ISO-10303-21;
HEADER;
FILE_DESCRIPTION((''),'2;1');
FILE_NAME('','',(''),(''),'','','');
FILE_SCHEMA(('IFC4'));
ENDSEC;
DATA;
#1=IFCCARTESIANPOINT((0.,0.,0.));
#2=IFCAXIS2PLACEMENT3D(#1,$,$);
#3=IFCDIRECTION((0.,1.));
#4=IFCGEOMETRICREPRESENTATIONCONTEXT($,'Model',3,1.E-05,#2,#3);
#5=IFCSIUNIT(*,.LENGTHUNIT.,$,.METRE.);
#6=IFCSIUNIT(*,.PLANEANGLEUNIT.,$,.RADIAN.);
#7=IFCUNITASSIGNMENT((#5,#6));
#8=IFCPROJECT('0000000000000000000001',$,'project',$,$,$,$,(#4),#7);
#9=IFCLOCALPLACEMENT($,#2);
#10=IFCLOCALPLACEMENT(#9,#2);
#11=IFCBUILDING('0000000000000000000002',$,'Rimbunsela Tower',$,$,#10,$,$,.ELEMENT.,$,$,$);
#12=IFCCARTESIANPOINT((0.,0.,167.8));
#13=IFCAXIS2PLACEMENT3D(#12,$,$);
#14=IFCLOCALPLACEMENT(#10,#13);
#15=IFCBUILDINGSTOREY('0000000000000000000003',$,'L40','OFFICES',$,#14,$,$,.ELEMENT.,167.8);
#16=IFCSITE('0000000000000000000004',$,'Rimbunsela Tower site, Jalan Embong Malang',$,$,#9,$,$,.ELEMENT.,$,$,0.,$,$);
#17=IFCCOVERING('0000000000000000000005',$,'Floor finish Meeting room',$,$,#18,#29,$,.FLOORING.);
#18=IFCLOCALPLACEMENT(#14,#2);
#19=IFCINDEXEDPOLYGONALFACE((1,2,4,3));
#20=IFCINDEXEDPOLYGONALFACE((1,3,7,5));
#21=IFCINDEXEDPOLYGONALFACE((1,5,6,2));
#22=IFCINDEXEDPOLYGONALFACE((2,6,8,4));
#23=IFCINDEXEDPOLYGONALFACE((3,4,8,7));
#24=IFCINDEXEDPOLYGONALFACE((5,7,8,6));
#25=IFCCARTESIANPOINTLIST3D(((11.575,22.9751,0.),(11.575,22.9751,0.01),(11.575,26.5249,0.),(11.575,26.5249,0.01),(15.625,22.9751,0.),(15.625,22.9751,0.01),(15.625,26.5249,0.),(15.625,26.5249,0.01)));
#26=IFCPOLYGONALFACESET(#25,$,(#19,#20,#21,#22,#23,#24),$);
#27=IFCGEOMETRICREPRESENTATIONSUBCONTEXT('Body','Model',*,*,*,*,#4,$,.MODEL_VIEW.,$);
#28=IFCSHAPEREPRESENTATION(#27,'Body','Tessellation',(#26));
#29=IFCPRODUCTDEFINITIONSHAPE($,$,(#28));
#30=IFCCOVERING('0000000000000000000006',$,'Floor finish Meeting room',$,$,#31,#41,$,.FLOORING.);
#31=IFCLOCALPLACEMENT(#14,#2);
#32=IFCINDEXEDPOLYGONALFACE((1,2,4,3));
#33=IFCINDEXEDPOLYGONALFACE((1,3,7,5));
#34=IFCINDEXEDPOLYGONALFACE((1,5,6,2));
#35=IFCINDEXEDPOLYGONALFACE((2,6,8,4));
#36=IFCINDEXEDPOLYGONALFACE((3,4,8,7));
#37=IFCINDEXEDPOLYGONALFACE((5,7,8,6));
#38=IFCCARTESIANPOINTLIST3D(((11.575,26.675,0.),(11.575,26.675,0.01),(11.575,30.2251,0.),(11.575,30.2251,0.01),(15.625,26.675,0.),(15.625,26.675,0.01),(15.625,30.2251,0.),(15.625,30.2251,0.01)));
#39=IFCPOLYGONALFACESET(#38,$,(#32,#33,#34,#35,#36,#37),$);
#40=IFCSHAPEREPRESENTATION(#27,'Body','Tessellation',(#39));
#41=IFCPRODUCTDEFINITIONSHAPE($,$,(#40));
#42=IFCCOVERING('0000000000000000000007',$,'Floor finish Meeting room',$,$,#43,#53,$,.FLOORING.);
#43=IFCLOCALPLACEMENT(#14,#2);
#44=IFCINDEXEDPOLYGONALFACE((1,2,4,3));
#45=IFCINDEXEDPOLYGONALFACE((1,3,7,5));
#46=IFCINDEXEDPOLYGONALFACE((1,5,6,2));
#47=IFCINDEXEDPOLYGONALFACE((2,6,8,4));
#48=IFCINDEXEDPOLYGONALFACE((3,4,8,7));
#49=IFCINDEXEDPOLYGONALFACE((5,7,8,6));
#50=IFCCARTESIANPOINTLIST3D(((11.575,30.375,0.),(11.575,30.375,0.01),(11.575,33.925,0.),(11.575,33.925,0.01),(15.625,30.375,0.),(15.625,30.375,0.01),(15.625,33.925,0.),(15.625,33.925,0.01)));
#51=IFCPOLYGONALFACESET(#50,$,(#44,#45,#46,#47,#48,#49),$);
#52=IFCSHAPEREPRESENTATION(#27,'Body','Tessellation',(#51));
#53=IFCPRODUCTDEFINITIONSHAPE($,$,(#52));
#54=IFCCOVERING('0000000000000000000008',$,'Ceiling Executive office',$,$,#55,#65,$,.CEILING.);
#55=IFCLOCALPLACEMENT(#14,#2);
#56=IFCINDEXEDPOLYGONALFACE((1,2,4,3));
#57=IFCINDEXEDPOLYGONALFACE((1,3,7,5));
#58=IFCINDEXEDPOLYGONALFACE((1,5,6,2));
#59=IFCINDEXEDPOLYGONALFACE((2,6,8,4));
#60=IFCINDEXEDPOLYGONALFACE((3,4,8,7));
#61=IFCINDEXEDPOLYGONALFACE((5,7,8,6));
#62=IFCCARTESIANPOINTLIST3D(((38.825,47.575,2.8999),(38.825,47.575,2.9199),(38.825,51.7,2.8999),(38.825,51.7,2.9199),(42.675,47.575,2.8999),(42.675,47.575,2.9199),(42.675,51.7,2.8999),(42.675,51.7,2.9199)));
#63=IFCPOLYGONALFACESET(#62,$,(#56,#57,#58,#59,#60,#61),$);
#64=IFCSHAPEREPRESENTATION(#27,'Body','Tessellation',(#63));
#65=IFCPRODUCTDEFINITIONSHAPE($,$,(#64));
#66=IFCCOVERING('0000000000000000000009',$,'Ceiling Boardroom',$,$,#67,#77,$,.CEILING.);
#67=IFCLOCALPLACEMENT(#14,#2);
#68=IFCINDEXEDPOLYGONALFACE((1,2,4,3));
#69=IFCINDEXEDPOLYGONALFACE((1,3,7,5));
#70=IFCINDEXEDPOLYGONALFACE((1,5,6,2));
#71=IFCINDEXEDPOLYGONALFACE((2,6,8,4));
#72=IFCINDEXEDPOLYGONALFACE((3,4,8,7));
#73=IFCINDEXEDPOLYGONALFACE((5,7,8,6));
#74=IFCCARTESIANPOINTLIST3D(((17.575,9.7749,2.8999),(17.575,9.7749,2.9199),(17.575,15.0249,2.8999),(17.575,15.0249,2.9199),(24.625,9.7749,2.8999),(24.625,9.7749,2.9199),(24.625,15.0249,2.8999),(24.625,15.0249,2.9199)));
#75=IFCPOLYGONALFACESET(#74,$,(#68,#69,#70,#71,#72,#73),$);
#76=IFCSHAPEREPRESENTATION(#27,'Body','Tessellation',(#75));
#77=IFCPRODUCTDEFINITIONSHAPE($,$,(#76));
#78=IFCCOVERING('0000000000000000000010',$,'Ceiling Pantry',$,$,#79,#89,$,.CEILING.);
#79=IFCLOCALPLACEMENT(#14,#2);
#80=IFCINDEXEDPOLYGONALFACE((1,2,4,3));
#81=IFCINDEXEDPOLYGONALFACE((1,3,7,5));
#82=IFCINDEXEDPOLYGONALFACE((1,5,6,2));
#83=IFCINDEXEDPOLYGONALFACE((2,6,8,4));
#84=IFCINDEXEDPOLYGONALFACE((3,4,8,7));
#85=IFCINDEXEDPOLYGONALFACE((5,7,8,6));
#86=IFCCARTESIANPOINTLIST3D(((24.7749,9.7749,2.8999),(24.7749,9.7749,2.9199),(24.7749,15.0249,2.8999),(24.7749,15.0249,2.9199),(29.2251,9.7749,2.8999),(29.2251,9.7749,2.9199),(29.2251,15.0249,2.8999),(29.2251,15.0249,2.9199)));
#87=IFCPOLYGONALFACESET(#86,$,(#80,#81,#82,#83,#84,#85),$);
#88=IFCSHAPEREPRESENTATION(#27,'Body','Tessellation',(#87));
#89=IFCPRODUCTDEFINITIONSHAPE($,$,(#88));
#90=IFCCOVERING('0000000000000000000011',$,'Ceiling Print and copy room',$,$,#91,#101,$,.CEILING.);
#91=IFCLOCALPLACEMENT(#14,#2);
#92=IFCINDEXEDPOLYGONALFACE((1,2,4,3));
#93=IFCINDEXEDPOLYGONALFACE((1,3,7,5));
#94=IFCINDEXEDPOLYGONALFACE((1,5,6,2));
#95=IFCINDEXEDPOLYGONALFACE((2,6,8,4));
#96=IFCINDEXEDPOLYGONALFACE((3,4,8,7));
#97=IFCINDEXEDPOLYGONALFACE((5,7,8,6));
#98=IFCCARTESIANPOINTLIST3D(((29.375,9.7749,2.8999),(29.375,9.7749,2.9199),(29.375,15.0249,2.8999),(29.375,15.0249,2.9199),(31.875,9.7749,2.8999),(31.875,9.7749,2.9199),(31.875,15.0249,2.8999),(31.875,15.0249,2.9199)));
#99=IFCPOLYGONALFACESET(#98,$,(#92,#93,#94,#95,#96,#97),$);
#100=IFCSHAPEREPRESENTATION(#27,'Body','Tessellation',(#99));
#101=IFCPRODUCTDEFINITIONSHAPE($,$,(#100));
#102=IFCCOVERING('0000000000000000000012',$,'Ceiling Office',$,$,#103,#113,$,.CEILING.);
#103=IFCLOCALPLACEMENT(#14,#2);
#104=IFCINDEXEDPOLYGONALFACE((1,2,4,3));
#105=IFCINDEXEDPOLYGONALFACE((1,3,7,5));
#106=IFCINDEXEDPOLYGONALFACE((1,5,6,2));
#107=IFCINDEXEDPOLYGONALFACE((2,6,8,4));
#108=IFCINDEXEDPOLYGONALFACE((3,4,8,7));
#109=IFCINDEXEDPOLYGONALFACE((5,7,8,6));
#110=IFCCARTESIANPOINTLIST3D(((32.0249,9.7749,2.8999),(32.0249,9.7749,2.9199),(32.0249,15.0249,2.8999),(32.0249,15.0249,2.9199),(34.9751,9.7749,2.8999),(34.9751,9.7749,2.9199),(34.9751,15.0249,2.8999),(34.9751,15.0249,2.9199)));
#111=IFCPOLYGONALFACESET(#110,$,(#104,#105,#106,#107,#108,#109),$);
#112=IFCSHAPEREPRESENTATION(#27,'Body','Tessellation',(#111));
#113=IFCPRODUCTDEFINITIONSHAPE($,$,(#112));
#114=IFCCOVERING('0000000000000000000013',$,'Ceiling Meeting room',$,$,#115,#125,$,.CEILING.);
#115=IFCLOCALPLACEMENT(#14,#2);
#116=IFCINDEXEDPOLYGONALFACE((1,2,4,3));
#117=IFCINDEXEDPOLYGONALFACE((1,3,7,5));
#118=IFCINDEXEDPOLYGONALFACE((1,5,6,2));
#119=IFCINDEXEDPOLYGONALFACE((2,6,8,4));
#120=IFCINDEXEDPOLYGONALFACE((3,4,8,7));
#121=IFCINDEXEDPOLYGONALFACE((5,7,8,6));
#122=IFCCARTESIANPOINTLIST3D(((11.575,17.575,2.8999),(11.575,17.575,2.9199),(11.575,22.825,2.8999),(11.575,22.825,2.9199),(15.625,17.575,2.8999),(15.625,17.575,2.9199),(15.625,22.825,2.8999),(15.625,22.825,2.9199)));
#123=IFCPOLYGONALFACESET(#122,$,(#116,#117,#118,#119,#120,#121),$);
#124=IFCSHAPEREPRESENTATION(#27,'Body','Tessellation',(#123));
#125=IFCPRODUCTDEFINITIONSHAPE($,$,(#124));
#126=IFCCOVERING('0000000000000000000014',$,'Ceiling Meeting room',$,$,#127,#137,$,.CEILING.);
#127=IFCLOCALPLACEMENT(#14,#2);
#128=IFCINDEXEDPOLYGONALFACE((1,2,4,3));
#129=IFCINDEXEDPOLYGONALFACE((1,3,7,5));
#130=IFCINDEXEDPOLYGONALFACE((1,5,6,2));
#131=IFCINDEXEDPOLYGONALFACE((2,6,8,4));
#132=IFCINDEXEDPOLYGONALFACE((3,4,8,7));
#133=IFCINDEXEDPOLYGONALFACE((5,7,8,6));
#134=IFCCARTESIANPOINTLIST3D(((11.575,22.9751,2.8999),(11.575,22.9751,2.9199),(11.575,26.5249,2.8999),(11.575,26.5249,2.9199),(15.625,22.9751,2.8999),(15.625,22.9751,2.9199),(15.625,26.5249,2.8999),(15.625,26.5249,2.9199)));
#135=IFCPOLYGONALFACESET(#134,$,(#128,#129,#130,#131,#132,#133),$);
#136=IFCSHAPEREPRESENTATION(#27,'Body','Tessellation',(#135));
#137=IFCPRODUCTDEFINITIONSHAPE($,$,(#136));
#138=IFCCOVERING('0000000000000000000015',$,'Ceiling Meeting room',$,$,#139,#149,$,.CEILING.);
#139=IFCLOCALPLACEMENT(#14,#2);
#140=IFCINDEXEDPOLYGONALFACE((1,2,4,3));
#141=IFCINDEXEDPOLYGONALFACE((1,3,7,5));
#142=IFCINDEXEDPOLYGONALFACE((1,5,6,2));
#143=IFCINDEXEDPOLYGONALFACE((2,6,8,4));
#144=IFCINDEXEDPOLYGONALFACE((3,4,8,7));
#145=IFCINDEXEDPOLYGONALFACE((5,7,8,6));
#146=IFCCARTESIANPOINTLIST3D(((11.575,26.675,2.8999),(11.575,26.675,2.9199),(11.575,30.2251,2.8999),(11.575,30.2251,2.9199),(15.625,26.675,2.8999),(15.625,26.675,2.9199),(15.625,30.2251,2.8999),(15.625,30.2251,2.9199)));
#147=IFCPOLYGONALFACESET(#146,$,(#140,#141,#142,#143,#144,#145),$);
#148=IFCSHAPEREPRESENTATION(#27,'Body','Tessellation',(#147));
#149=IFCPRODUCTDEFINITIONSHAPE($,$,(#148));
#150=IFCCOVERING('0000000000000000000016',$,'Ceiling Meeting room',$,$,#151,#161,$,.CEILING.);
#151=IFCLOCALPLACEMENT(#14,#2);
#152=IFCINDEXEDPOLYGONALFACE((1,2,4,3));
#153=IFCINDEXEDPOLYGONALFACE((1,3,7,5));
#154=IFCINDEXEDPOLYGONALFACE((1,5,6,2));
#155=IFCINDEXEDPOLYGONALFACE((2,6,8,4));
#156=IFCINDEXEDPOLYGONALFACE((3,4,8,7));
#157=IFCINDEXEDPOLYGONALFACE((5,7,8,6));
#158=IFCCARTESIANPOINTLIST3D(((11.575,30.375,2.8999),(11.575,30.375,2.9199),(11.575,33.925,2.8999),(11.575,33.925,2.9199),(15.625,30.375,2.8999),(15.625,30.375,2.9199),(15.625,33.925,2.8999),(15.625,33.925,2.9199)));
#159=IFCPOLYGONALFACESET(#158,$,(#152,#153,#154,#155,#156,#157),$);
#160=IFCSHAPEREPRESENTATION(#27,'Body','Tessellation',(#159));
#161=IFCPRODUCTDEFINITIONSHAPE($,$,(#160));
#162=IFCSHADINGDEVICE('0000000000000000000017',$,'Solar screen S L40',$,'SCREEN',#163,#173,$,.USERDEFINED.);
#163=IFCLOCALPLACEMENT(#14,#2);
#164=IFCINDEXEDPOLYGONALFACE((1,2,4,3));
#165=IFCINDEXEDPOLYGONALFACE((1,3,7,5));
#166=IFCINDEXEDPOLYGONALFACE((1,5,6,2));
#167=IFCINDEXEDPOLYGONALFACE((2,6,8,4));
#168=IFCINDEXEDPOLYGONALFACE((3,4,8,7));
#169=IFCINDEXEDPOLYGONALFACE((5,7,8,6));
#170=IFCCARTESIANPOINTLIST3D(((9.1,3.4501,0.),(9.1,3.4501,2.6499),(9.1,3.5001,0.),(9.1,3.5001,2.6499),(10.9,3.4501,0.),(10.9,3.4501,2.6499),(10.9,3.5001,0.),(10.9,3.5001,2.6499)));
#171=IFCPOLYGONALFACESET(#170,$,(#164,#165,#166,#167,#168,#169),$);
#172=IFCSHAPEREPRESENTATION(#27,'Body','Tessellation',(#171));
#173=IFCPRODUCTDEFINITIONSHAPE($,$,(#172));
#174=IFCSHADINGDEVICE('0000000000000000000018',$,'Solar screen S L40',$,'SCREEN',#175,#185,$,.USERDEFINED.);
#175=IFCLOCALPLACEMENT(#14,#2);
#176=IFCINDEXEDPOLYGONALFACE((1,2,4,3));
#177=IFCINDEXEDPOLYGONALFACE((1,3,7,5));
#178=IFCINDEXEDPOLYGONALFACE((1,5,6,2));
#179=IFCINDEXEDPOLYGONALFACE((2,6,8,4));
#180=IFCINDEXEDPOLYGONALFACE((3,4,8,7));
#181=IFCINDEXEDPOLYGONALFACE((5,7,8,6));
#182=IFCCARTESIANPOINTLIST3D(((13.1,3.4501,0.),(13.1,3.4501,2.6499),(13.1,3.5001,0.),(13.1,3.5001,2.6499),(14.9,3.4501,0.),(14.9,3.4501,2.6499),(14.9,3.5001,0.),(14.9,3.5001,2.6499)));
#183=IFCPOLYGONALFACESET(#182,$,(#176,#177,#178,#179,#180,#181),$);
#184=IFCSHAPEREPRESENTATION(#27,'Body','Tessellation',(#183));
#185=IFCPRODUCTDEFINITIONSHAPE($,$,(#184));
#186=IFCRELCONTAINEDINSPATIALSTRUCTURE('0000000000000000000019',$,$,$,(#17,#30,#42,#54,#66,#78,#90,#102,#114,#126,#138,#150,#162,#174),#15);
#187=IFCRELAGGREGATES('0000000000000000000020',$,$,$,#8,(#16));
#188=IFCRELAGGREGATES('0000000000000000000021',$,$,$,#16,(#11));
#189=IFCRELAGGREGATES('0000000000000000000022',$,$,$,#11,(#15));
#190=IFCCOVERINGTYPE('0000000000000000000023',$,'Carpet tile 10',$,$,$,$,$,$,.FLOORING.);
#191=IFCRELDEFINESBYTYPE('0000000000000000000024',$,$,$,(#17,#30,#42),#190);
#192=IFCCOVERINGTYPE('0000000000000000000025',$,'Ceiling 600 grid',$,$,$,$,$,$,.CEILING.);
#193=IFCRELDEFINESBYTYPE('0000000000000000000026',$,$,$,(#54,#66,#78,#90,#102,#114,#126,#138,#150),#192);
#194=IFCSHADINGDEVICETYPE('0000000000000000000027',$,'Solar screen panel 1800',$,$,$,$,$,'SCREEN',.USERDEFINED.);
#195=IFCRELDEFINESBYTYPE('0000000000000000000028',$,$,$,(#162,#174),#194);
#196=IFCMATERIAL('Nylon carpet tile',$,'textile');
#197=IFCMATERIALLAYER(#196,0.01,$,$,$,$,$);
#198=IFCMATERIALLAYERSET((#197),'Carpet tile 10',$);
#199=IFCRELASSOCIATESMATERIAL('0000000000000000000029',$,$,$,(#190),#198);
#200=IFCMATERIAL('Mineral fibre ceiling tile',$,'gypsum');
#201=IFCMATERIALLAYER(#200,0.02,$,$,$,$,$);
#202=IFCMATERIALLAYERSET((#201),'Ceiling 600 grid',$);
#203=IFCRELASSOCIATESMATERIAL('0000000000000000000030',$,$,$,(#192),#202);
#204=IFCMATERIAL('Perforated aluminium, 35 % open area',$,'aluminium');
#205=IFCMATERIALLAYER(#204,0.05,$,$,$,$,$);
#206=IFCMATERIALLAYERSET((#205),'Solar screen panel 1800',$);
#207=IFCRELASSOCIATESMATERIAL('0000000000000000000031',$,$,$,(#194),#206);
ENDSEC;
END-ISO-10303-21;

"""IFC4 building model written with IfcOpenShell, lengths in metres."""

from ifc_helpers import new_model, si_unit, direction, frame, origin, origin_2d, place, context, subcontext, project, spatial, polyline, rectangle, outline, extrude, material, layer, layer_set, type_object, element, save


model = new_model("IFC4")

# Units and contexts
model_context = context("Model", 3, precision=1e-05, world=origin(), true_north=direction((0.0, 1.0)))
body_context = subcontext(model_context, "Body", "Model", "MODEL_VIEW")
ifc_project = project(units=[si_unit("LENGTHUNIT", "METRE"), si_unit("PLANEANGLEUNIT", "RADIAN")], contexts=[model_context])

# Site, building, storey
site_placement = place(None, origin())
site = spatial("IfcSite", under=ifc_project, at=site_placement, Name="Rimbunsela Tower site, Jalan Embong Malang", CompositionType="ELEMENT", RefElevation=0.0)
building_placement = place(site_placement, origin())
building = spatial("IfcBuilding", under=site, at=building_placement, Name="Rimbunsela Tower", CompositionType="ELEMENT")
storey_placement = place(building_placement, frame((0.0, 0.0, 167.8)))
storey = spatial("IfcBuildingStorey", under=building, at=storey_placement, Name="L40", Description="OFFICES", CompositionType="ELEMENT", Elevation=167.8)

# Coverings
ifc_material_1 = material(Name="Nylon carpet tile", Category="textile")
ifc_layer_1 = layer(ifc_material_1, 0.01)
ifc_layer_set_1 = layer_set([ifc_layer_1], Name="Carpet tile 10")
covering_type_1 = type_object("IfcCoveringType", Name="Carpet tile 10", PredefinedType="FLOORING", material=ifc_layer_set_1)
covering_1_placement = place(storey_placement, origin())
element("IfcCovering", 1, at=covering_1_placement, inside=storey, type_object=covering_type_1, Name="Floor finish Meeting room", PredefinedType="FLOORING", context=body_context, shape_type="SweptSolid", body=[
    extrude(outline(polyline([(15.625, 22.9751), (15.625, 26.5249), (11.575, 26.5249), (11.575, 22.9751), (15.625, 22.9751)])), origin(), (0.0, 0.0, 1.0), 0.01),
])
covering_2_placement = place(storey_placement, origin())
element("IfcCovering", 2, at=covering_2_placement, inside=storey, type_object=covering_type_1, Name="Floor finish Meeting room", PredefinedType="FLOORING", context=body_context, shape_type="SweptSolid", body=[
    extrude(outline(polyline([(15.625, 26.675), (15.625, 30.2251), (11.575, 30.2251), (11.575, 26.675), (15.625, 26.675)])), origin(), (0.0, 0.0, 1.0), 0.01),
])
covering_3_placement = place(storey_placement, origin())
element("IfcCovering", 3, at=covering_3_placement, inside=storey, type_object=covering_type_1, Name="Floor finish Meeting room", PredefinedType="FLOORING", context=body_context, shape_type="SweptSolid", body=[
    extrude(outline(polyline([(15.625, 30.375), (15.625, 33.925), (11.575, 33.925), (11.575, 30.375), (15.625, 30.375)])), origin(), (0.0, 0.0, 1.0), 0.01),
])
ifc_material_2 = material(Name="Mineral fibre ceiling tile", Category="gypsum")
ifc_layer_2 = layer(ifc_material_2, 0.02)
ifc_layer_set_2 = layer_set([ifc_layer_2], Name="Ceiling 600 grid")
covering_type_2 = type_object("IfcCoveringType", Name="Ceiling 600 grid", PredefinedType="CEILING", material=ifc_layer_set_2)
covering_4_placement = place(storey_placement, frame((0.0, 0.0, 2.8999)))
element("IfcCovering", 4, at=covering_4_placement, inside=storey, type_object=covering_type_2, Name="Ceiling Executive office", PredefinedType="CEILING", context=body_context, shape_type="SweptSolid", body=[
    extrude(outline(polyline([(42.675, 47.575), (42.675, 51.7), (38.825, 51.7), (38.825, 47.575), (42.675, 47.575)])), origin(), (0.0, 0.0, 1.0), 0.02),
])
covering_5_placement = place(storey_placement, frame((0.0, 0.0, 2.8999)))
element("IfcCovering", 5, at=covering_5_placement, inside=storey, type_object=covering_type_2, Name="Ceiling Boardroom", PredefinedType="CEILING", context=body_context, shape_type="SweptSolid", body=[
    extrude(outline(polyline([(24.625, 9.7749), (24.625, 15.0249), (17.575, 15.0249), (17.575, 9.7749), (24.625, 9.7749)])), origin(), (0.0, 0.0, 1.0), 0.02),
])
covering_6_placement = place(storey_placement, frame((0.0, 0.0, 2.8999)))
element("IfcCovering", 6, at=covering_6_placement, inside=storey, type_object=covering_type_2, Name="Ceiling Pantry", PredefinedType="CEILING", context=body_context, shape_type="SweptSolid", body=[
    extrude(outline(polyline([(29.2251, 9.7749), (29.2251, 15.0249), (24.7749, 15.0249), (24.7749, 9.7749), (29.2251, 9.7749)])), origin(), (0.0, 0.0, 1.0), 0.02),
])
covering_7_placement = place(storey_placement, frame((0.0, 0.0, 2.8999)))
element("IfcCovering", 7, at=covering_7_placement, inside=storey, type_object=covering_type_2, Name="Ceiling Print and copy room", PredefinedType="CEILING", context=body_context, shape_type="SweptSolid", body=[
    extrude(outline(polyline([(31.875, 9.7749), (31.875, 15.0249), (29.375, 15.0249), (29.375, 9.7749), (31.875, 9.7749)])), origin(), (0.0, 0.0, 1.0), 0.02),
])
covering_8_placement = place(storey_placement, frame((0.0, 0.0, 2.8999)))
element("IfcCovering", 8, at=covering_8_placement, inside=storey, type_object=covering_type_2, Name="Ceiling Office", PredefinedType="CEILING", context=body_context, shape_type="SweptSolid", body=[
    extrude(outline(polyline([(34.9751, 9.7749), (34.9751, 15.0249), (32.0249, 15.0249), (32.0249, 9.7749), (34.9751, 9.7749)])), origin(), (0.0, 0.0, 1.0), 0.02),
])
covering_9_placement = place(storey_placement, frame((0.0, 0.0, 2.8999)))
element("IfcCovering", 9, at=covering_9_placement, inside=storey, type_object=covering_type_2, Name="Ceiling Meeting room", PredefinedType="CEILING", context=body_context, shape_type="SweptSolid", body=[
    extrude(outline(polyline([(15.625, 17.575), (15.625, 22.825), (11.575, 22.825), (11.575, 17.575), (15.625, 17.575)])), origin(), (0.0, 0.0, 1.0), 0.02),
])
covering_10_placement = place(storey_placement, frame((0.0, 0.0, 2.8999)))
element("IfcCovering", 10, at=covering_10_placement, inside=storey, type_object=covering_type_2, Name="Ceiling Meeting room", PredefinedType="CEILING", context=body_context, shape_type="SweptSolid", body=[
    extrude(outline(polyline([(15.625, 22.9751), (15.625, 26.5249), (11.575, 26.5249), (11.575, 22.9751), (15.625, 22.9751)])), origin(), (0.0, 0.0, 1.0), 0.02),
])
covering_11_placement = place(storey_placement, frame((0.0, 0.0, 2.8999)))
element("IfcCovering", 11, at=covering_11_placement, inside=storey, type_object=covering_type_2, Name="Ceiling Meeting room", PredefinedType="CEILING", context=body_context, shape_type="SweptSolid", body=[
    extrude(outline(polyline([(15.625, 26.675), (15.625, 30.2251), (11.575, 30.2251), (11.575, 26.675), (15.625, 26.675)])), origin(), (0.0, 0.0, 1.0), 0.02),
])
covering_12_placement = place(storey_placement, frame((0.0, 0.0, 2.8999)))
element("IfcCovering", 12, at=covering_12_placement, inside=storey, type_object=covering_type_2, Name="Ceiling Meeting room", PredefinedType="CEILING", context=body_context, shape_type="SweptSolid", body=[
    extrude(outline(polyline([(15.625, 30.375), (15.625, 33.925), (11.575, 33.925), (11.575, 30.375), (15.625, 30.375)])), origin(), (0.0, 0.0, 1.0), 0.02),
])

# Shading devices
ifc_material_3 = material(Name="Perforated aluminium, 35 % open area", Category="aluminium")
ifc_layer_3 = layer(ifc_material_3, 0.05)
ifc_layer_set_3 = layer_set([ifc_layer_3], Name="Solar screen panel 1800")
shading_device_type = type_object("IfcShadingDeviceType", Name="Solar screen panel 1800", ElementType="SCREEN", PredefinedType="USERDEFINED", material=ifc_layer_set_3)
for number, where, z_axis, x_axis, name in (
    (13, (10.0, 3.4751, 0.0), (0.0, 0.0, 1.0), (1.0, 0.0, 0.0), "Solar screen S L40"),
    (14, (14.0, 3.4751, 0.0), (0.0, 0.0, 1.0), (1.0, 0.0, 0.0), "Solar screen S L40"),
):
    element("IfcShadingDevice", number, at=place(storey_placement, frame(where, z_axis=z_axis, x_axis=x_axis)), inside=storey, type_object=shading_device_type, Name=name, ObjectType="SCREEN", PredefinedType="USERDEFINED", context=body_context, shape_type="SweptSolid", body=[
        extrude(rectangle(XDim=1.8, YDim=0.05, at=origin_2d()), origin(), (0.0, 0.0, 1.0), 2.6499),
    ])

save(model, "model.ifc")
